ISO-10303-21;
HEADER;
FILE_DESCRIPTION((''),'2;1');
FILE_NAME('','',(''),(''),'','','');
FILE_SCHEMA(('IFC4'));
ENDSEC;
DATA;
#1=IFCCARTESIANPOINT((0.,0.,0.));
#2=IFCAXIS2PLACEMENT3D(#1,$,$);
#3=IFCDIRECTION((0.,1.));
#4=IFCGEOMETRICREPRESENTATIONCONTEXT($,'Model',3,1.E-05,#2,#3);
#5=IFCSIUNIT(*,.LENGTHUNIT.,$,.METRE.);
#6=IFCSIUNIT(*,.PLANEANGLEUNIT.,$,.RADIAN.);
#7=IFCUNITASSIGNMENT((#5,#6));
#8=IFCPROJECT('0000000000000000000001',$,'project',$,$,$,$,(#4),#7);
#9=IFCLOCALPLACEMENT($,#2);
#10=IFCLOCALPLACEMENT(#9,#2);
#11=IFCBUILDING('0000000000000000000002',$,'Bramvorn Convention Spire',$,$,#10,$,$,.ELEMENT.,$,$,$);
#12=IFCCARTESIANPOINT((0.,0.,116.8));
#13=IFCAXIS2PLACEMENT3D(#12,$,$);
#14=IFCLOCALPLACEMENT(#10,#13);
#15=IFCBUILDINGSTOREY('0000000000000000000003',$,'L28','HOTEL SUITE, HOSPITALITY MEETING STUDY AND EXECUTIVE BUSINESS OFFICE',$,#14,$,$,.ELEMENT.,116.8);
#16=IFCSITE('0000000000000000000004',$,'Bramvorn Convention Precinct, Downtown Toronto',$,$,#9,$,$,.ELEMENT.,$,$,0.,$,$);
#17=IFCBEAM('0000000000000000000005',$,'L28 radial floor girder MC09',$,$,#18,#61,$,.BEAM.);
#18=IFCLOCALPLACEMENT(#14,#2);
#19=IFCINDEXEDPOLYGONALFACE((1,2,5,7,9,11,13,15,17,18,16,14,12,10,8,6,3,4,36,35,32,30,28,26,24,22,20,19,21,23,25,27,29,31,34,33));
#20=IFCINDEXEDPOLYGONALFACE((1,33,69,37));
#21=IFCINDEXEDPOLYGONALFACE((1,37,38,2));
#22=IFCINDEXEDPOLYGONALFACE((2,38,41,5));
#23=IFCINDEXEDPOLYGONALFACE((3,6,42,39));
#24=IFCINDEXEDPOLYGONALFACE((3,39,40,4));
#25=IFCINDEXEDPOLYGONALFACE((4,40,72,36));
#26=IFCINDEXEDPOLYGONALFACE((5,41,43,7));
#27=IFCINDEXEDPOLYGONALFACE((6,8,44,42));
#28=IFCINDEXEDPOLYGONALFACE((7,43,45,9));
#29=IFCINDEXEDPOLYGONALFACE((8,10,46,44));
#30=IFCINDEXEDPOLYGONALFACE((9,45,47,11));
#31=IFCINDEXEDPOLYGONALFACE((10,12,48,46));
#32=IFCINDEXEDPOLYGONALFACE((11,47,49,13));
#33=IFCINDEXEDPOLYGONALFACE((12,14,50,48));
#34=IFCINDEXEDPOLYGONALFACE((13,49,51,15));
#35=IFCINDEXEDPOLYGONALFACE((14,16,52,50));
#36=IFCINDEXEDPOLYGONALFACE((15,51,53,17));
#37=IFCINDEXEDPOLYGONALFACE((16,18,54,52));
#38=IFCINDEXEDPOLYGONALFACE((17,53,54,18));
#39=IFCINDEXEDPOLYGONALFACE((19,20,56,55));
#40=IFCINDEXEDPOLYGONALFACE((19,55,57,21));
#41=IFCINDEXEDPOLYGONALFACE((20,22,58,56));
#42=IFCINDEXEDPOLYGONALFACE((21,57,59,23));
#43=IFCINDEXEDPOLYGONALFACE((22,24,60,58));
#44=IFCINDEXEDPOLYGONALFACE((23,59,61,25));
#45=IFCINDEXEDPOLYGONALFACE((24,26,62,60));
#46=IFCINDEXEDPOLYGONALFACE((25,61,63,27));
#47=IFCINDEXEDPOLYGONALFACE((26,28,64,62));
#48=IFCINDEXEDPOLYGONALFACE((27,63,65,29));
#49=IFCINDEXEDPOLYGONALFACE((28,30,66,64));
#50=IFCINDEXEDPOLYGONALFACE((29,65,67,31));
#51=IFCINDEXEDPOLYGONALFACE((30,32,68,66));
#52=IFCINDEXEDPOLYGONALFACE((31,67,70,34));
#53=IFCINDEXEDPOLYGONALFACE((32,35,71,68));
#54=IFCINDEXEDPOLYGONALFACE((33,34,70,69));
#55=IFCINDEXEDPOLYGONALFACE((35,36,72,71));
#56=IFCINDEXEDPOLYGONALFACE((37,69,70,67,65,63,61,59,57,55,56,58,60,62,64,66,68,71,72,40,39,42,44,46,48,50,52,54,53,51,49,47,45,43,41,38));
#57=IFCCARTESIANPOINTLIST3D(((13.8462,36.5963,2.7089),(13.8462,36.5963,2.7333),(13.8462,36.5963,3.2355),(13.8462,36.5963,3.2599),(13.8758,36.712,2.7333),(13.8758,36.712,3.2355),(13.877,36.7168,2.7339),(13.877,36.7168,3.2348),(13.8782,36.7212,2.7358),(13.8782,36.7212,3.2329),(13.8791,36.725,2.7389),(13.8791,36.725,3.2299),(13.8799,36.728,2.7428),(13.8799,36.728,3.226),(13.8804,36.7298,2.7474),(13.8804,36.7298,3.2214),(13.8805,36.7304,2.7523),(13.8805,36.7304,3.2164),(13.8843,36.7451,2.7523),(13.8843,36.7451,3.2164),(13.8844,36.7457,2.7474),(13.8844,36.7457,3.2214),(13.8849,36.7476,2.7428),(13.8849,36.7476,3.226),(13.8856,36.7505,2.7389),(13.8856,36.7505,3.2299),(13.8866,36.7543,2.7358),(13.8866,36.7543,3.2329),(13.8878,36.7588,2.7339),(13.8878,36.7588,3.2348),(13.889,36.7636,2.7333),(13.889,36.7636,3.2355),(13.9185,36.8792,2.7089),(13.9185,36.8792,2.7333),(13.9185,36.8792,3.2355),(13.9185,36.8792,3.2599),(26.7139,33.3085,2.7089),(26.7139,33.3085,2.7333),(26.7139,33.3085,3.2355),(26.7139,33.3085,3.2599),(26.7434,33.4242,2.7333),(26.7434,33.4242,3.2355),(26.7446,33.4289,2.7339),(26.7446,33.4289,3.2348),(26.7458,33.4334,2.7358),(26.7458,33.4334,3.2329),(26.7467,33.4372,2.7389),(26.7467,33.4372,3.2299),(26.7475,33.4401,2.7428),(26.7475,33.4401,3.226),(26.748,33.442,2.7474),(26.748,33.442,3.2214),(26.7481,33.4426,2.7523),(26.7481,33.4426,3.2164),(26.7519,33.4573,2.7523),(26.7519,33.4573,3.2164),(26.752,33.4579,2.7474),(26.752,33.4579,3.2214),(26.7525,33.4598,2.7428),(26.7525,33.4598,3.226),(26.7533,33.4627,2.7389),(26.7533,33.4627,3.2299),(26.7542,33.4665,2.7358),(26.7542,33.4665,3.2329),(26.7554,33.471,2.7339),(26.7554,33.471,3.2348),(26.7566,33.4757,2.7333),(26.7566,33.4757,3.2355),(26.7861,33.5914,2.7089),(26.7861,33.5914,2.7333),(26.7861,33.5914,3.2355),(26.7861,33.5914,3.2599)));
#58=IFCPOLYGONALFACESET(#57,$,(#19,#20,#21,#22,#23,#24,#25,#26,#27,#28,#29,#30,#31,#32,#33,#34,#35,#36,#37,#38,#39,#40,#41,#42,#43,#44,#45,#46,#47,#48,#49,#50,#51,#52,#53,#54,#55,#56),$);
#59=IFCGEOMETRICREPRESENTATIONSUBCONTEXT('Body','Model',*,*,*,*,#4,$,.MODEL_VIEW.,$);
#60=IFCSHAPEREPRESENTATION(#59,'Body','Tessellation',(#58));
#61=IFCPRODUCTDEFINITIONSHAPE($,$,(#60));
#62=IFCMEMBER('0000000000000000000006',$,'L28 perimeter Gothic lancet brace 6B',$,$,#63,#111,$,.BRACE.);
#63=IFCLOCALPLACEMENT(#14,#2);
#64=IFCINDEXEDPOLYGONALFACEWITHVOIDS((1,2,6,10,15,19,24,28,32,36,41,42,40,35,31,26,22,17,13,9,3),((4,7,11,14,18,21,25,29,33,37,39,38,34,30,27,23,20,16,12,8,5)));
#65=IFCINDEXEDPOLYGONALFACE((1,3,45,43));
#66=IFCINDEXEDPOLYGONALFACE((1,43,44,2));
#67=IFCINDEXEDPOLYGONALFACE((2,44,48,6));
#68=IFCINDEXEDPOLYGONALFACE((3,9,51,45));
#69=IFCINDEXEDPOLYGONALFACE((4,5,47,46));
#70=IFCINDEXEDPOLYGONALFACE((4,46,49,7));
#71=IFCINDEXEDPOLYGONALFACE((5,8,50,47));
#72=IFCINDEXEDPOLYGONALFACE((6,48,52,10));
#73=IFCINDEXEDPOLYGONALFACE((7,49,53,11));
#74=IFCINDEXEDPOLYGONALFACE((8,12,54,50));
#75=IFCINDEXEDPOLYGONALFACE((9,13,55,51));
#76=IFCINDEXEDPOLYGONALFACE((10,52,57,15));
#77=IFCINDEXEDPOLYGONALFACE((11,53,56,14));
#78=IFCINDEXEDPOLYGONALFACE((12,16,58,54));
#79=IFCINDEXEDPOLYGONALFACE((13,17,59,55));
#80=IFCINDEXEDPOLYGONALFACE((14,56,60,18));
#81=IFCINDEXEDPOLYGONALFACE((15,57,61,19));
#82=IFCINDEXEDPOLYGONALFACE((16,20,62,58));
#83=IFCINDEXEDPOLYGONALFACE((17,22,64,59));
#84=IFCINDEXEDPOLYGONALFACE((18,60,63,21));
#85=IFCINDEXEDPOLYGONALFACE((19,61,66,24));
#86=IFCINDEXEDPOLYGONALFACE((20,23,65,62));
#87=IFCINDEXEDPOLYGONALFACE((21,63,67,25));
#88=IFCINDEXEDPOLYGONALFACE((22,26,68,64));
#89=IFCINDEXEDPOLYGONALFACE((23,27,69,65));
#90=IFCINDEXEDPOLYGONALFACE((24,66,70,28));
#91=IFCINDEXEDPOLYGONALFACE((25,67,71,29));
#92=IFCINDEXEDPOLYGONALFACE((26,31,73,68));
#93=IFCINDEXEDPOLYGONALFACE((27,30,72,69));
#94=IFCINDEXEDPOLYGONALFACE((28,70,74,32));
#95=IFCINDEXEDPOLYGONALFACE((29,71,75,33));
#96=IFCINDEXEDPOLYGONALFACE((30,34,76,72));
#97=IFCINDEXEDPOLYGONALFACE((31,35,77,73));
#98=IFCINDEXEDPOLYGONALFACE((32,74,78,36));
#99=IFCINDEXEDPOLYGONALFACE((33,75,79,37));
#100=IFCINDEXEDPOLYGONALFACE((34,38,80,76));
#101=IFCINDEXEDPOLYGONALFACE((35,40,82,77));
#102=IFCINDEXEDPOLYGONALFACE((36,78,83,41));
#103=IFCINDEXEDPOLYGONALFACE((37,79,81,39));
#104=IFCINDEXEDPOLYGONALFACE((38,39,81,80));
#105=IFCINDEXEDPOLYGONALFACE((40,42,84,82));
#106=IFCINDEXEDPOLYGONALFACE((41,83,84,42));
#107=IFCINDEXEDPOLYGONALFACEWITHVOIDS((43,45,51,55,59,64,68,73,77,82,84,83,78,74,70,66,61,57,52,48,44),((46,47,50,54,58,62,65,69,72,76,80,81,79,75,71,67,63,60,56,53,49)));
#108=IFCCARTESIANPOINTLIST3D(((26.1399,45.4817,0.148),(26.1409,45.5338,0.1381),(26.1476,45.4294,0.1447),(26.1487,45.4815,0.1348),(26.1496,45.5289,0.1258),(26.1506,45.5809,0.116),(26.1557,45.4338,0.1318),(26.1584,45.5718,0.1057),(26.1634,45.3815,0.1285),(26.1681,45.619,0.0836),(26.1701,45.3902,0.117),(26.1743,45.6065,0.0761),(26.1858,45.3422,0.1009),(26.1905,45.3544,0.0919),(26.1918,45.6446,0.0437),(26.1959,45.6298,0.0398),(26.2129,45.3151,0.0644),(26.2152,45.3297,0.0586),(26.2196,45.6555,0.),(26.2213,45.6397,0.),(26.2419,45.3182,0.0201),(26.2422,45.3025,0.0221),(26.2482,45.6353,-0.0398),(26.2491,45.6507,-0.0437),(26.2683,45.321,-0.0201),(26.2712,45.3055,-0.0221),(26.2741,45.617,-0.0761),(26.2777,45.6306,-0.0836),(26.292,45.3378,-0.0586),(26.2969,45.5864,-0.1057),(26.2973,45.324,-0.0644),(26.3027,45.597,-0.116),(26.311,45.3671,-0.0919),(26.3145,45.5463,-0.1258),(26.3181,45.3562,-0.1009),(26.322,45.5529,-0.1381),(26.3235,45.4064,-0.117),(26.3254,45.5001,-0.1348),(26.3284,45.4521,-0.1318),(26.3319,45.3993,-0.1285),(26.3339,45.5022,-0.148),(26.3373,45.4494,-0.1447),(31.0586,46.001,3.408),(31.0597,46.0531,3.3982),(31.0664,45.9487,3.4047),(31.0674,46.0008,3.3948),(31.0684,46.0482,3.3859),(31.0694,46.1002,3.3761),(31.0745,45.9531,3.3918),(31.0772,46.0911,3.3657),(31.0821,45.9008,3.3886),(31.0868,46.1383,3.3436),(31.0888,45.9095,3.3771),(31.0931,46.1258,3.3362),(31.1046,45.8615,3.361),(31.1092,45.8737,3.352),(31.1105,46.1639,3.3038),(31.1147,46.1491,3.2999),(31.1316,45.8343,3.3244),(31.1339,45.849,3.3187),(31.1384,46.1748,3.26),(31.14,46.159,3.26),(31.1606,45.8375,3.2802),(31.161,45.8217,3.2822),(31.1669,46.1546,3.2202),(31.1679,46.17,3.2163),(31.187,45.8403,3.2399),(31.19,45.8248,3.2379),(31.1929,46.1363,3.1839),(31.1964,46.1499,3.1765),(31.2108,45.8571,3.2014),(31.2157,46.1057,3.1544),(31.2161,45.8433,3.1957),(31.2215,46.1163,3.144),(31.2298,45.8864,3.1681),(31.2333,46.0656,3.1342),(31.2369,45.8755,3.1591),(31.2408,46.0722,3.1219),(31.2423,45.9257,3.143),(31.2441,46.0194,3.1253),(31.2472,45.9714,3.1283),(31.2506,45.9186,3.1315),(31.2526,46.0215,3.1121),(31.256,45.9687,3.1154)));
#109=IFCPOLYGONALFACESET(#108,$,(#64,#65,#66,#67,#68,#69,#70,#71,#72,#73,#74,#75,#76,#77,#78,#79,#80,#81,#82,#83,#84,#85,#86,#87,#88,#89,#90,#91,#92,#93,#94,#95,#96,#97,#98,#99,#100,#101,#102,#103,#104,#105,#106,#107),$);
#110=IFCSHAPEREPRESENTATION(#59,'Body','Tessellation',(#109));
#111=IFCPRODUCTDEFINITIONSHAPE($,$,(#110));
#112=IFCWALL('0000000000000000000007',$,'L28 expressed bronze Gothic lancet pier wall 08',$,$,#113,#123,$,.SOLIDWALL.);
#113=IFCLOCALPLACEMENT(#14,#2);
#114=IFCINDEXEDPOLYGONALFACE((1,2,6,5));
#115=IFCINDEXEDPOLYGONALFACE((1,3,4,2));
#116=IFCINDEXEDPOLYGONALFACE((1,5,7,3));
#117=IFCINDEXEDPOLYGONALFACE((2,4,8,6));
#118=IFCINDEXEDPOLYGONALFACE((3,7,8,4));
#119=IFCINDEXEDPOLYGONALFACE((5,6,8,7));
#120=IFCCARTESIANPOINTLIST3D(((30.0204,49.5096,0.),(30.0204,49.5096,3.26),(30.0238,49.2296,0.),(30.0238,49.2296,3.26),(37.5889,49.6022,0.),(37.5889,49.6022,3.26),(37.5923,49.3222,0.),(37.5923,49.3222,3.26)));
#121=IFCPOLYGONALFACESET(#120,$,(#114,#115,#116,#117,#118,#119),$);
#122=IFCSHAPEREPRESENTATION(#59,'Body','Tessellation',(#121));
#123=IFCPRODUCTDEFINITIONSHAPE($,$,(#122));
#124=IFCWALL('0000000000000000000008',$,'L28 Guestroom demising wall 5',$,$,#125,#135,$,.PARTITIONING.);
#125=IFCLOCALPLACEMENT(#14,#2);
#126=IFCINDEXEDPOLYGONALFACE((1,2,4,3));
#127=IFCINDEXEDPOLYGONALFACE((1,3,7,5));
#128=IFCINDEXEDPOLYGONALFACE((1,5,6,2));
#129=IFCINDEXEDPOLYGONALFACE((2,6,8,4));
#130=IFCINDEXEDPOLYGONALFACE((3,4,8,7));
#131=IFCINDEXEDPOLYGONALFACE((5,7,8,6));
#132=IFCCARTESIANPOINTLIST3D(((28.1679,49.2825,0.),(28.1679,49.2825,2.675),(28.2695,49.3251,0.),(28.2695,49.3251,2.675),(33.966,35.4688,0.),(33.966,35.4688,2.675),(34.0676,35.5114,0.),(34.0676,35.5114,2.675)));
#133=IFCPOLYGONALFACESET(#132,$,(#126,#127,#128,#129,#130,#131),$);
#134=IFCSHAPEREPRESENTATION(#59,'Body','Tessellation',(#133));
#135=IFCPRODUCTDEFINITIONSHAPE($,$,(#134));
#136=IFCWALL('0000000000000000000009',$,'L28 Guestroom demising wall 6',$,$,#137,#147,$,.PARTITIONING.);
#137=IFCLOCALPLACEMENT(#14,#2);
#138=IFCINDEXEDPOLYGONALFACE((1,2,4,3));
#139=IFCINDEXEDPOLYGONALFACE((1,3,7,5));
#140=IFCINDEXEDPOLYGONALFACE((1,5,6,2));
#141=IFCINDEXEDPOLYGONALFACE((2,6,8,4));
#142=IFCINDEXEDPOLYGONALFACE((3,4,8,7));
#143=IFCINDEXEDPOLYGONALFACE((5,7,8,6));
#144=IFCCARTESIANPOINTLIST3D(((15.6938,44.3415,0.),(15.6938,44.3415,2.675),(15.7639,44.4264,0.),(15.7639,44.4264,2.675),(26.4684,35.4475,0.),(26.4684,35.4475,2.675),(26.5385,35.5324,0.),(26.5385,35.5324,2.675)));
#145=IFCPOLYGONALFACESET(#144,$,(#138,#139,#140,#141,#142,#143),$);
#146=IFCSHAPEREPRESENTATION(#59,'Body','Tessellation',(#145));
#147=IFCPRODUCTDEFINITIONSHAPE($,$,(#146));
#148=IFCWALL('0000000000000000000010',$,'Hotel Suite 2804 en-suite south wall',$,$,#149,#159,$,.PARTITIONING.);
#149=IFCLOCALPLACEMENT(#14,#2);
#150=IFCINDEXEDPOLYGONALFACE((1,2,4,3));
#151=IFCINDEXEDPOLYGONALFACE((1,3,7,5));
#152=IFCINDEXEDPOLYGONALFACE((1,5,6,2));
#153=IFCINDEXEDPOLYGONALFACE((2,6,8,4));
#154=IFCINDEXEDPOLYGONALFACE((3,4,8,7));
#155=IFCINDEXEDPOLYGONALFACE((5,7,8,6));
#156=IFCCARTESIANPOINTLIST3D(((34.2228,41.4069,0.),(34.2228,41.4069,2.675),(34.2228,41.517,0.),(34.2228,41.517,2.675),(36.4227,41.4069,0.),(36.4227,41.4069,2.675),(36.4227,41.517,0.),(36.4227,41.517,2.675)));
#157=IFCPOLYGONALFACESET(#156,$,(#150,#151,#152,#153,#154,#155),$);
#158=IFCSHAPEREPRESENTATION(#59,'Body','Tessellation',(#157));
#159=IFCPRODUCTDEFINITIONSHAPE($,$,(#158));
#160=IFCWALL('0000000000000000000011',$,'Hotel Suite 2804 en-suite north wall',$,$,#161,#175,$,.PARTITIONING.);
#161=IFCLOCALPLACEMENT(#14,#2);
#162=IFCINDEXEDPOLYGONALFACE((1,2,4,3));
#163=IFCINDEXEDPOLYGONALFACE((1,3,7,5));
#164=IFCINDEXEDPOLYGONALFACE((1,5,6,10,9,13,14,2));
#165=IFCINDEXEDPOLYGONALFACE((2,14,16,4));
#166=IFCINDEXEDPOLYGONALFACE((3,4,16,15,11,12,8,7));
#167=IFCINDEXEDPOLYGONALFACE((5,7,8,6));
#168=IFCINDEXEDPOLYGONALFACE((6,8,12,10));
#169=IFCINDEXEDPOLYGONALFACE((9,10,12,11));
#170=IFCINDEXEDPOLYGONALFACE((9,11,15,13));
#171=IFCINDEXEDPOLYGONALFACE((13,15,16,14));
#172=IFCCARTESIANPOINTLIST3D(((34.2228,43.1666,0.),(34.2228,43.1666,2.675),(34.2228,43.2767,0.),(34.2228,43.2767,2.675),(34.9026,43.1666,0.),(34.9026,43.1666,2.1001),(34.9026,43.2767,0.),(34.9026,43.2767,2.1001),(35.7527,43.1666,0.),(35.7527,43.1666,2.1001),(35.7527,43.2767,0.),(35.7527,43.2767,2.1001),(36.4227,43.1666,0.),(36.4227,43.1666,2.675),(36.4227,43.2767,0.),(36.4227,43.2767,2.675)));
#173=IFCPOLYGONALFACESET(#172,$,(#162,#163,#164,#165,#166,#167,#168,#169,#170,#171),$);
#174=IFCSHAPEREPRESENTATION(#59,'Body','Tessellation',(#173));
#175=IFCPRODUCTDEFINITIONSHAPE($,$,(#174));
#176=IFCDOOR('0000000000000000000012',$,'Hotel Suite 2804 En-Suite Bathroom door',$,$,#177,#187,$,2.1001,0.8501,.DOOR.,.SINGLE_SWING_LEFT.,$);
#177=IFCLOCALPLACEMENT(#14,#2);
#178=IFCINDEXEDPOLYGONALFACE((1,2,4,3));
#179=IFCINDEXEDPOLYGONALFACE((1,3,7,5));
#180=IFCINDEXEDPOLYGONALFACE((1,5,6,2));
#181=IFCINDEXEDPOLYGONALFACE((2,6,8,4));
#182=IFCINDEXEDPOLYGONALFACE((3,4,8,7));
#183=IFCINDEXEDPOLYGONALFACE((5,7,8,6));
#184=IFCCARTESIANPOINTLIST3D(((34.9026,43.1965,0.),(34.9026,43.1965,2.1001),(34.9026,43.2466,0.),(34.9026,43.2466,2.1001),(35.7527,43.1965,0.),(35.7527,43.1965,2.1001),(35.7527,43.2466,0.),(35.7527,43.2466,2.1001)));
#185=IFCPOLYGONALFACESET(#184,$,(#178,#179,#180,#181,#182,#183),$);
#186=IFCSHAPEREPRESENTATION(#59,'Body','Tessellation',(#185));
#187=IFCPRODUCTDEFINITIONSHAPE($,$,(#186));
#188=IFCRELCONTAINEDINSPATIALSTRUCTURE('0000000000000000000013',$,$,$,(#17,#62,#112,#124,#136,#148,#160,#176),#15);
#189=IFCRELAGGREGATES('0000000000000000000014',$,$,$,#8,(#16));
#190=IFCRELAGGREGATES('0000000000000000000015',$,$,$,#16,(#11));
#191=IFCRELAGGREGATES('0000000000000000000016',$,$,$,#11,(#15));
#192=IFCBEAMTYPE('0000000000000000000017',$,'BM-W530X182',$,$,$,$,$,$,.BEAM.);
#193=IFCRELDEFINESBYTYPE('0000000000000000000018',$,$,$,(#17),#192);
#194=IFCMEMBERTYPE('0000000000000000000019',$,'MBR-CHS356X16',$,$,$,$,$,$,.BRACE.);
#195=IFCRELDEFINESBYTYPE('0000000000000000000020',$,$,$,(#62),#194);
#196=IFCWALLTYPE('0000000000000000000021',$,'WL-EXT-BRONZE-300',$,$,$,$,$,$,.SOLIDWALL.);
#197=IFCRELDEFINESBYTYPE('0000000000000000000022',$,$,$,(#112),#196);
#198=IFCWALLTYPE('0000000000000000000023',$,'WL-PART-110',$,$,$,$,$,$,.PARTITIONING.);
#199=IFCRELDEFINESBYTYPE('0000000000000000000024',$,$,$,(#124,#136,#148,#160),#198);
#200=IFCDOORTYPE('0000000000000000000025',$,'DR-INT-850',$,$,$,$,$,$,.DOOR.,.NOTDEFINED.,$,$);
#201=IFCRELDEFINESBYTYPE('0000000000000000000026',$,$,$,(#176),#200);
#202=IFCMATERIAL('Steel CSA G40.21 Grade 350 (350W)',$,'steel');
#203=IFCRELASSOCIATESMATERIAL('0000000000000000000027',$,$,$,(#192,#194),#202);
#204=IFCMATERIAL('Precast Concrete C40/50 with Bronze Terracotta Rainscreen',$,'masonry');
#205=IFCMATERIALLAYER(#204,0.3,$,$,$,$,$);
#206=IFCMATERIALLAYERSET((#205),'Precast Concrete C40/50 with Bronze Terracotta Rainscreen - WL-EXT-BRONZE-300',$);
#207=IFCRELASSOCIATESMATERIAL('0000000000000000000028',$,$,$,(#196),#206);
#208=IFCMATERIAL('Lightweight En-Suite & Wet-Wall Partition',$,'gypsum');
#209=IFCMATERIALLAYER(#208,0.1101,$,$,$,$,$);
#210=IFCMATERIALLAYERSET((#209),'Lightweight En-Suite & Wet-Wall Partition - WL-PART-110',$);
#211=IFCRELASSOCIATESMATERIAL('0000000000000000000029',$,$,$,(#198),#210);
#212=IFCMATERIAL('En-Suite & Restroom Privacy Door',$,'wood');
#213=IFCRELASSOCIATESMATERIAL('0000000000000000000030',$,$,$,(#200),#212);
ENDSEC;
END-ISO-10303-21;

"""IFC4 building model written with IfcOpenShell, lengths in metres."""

from ifc_helpers import new_model, si_unit, direction, frame, frame_2d, origin, origin_2d, place, context, subcontext, project, spatial, rectangle, hollow_circle, i_section, extrude, material, layer, layer_set, material_profile, profile_set, type_object, element, fill, save


model = new_model("IFC4")

# Units and contexts
model_context = context("Model", 3, precision=1e-05, world=origin(), true_north=direction((0.0, 1.0)))
body_context = subcontext(model_context, "Body", "Model", "MODEL_VIEW")
ifc_project = project(units=[si_unit("LENGTHUNIT", "METRE"), si_unit("PLANEANGLEUNIT", "RADIAN")], contexts=[model_context])

# Site, building, storey
site_placement = place(None, origin())
site = spatial("IfcSite", under=ifc_project, at=site_placement, Name="Bramvorn Convention Precinct, Downtown Toronto", CompositionType="ELEMENT", RefElevation=0.0)
building_placement = place(site_placement, origin())
building = spatial("IfcBuilding", under=site, at=building_placement, Name="Bramvorn Convention Spire", CompositionType="ELEMENT")
storey_placement = place(building_placement, frame((0.0, 0.0, 116.8)))
storey = spatial("IfcBuildingStorey", under=building, at=storey_placement, Name="L28", Description="HOTEL SUITE, HOSPITALITY MEETING STUDY AND EXECUTIVE BUSINESS OFFICE", CompositionType="ELEMENT", Elevation=116.8)

# Shared definitions
ifc_material_1 = material(Name="Steel CSA G40.21 Grade 350 (350W)", Category="steel")

# Beam
ifc_material_profile_1 = material_profile(ifc_material_1, i_section(OverallWidth=0.292, OverallDepth=0.551, WebThickness=0.0151, FlangeThickness=0.0244, FilletRadius=0.019, at=origin_2d()))
ifc_profile_set_1 = profile_set([ifc_material_profile_1], Name="Steel CSA G40.21 Grade 350 (350W) - W530X182")
beam_type_1 = type_object("IfcBeamType", Name="BM-W530X182", PredefinedType="BEAM", material=ifc_profile_set_1)
beam_1_placement = place(storey_placement, frame((26.75, 33.45, 2.9844), z_axis=(-0.968873, 0.247558, 0.0), x_axis=(-0.247558, -0.968873, 0.0)))
element("IfcBeam", 1, at=beam_1_placement, inside=storey, type_object=beam_type_1, Name="L28 radial floor girder MC09", PredefinedType="BEAM", context=body_context, shape_type="SweptSolid", body=[
    extrude(i_section(OverallWidth=0.292, OverallDepth=0.551, WebThickness=0.0151, FlangeThickness=0.0244, FilletRadius=0.019, at=origin_2d()), origin(), (0.0, 0.0, 1.0), 13.281),
])

# Member
ifc_material_profile_2 = material_profile(ifc_material_1, hollow_circle(Radius=0.1777, WallThickness=0.0159, at=origin_2d()))
ifc_profile_set_2 = profile_set([ifc_material_profile_2], Name="Steel CSA G40.21 Grade 350 (350W) - CHS356X16")
member_type = type_object("IfcMemberType", Name="MBR-CHS356X16", PredefinedType="BRACE", material=ifc_profile_set_2)
member_placement = place(storey_placement, frame((26.2383, 45.4788, 0.0), z_axis=(0.830334, 0.087662, 0.550328), x_axis=(-0.104991, 0.994473, 0.0)))
element("IfcMember", 2, at=member_placement, inside=storey, type_object=member_type, Name="L28 perimeter Gothic lancet brace 6B", PredefinedType="BRACE", context=body_context, shape_type="SweptSolid", body=[
    extrude(hollow_circle(Radius=0.1777, WallThickness=0.0159, at=origin_2d()), origin(), (0.0, 0.0, 1.0), 5.9238),
])

# Walls
ifc_material_2 = material(Name="Precast Concrete C40/50 with Bronze Terracotta Rainscreen", Category="masonry")
ifc_layer_1 = layer(ifc_material_2, 0.3)
ifc_layer_set_1 = layer_set([ifc_layer_1], Name="Precast Concrete C40/50 with Bronze Terracotta Rainscreen - WL-EXT-BRONZE-300")
wall_type_1 = type_object("IfcWallType", Name="WL-EXT-BRONZE-300", PredefinedType="SOLIDWALL", material=ifc_layer_set_1)
wall_1_placement = place(storey_placement, frame((30.022, 49.3696, 0.0), z_axis=(0.0, 0.0, 1.0), x_axis=(0.999925, 0.012224, 0.0)))
element("IfcWall", 3, at=wall_1_placement, inside=storey, type_object=wall_type_1, Name="L28 expressed bronze Gothic lancet pier wall 08", PredefinedType="SOLIDWALL", context=body_context, shape_type="SweptSolid", body=[
    extrude(rectangle(XDim=7.5691, YDim=0.28, at=frame_2d((3.7847, 0.0))), origin(), (0.0, 0.0, 1.0), 3.26),
])
ifc_material_3 = material(Name="Lightweight En-Suite & Wet-Wall Partition", Category="gypsum")
ifc_layer_2 = layer(ifc_material_3, 0.1101)
ifc_layer_set_2 = layer_set([ifc_layer_2], Name="Lightweight En-Suite & Wet-Wall Partition - WL-PART-110")
wall_type_2 = type_object("IfcWallType", Name="WL-PART-110", PredefinedType="PARTITIONING", material=ifc_layer_set_2)
wall_2_placement = place(storey_placement, frame((34.0168, 35.49, 0.0), z_axis=(0.0, 0.0, 1.0), x_axis=(-0.387024, 0.922069, 0.0)))
element("IfcWall", 4, at=wall_2_placement, inside=storey, type_object=wall_type_2, Name="L28 Guestroom demising wall 5", PredefinedType="PARTITIONING", context=body_context, shape_type="SweptSolid", body=[
    extrude(rectangle(XDim=14.9812, YDim=0.1101, at=frame_2d((7.4907, 0.0))), origin(), (0.0, 0.0, 1.0), 2.675),
])
wall_3_placement = place(storey_placement, frame((26.5034, 35.49, 0.0), z_axis=(0.0, 0.0, 1.0), x_axis=(-0.771199, 0.636594, 0.0)))
element("IfcWall", 5, at=wall_3_placement, inside=storey, type_object=wall_type_2, Name="L28 Guestroom demising wall 6", PredefinedType="PARTITIONING", context=body_context, shape_type="SweptSolid", body=[
    extrude(rectangle(XDim=13.9712, YDim=0.1101, at=frame_2d((6.9856, 0.0))), origin(), (0.0, 0.0, 1.0), 2.675),
])
wall_4_placement = place(storey_placement, frame((34.2227, 41.4619, 0.0), z_axis=(0.0, 0.0, 1.0), x_axis=(1.0, 0.0, 0.0)))
element("IfcWall", 6, at=wall_4_placement, inside=storey, type_object=wall_type_2, Name="Hotel Suite 2804 en-suite south wall", PredefinedType="PARTITIONING", context=body_context, shape_type="SweptSolid", body=[
    extrude(rectangle(XDim=2.2, YDim=0.1101, at=frame_2d((1.1001, 0.0))), origin(), (0.0, 0.0, 1.0), 2.675),
])

# Wall, opening, door
wall_5_placement = place(storey_placement, frame((34.2227, 43.2217, 0.0), z_axis=(0.0, 0.0, 1.0), x_axis=(1.0, 0.0, 0.0)))
wall_5 = element("IfcWall", 7, at=wall_5_placement, inside=storey, type_object=wall_type_2, Name="Hotel Suite 2804 en-suite north wall", PredefinedType="PARTITIONING", context=body_context, shape_type="SweptSolid", body=[
    extrude(rectangle(XDim=2.2, YDim=0.1101, at=frame_2d((1.1001, 0.0))), origin(), (0.0, 0.0, 1.0), 2.675),
])
opening_1_placement = place(wall_5_placement, frame((0.6799, 0.0, 0.0)))
opening_1 = element("IfcOpeningElement", 8, at=opening_1_placement, cuts=wall_5, PredefinedType="OPENING", context=body_context, shape_type="SweptSolid", body=[
    extrude(rectangle(XDim=0.8501, YDim=2.1001, at=frame_2d((0.425, 1.05))), frame((0.0, 0.0649, 0.0), z_axis=(0.0, -1.0, 0.0), x_axis=(1.0, 0.0, 0.0)), (0.0, 0.0, 1.0), 0.1301),
])
ifc_material_4 = material(Name="En-Suite & Restroom Privacy Door", Category="wood")
door_type_1 = type_object("IfcDoorType", Name="DR-INT-850", OperationType="NOTDEFINED", PredefinedType="DOOR", material=ifc_material_4)
door_1_placement = place(opening_1_placement, origin())
door_1 = element("IfcDoor", 9, at=door_1_placement, inside=storey, type_object=door_type_1, Name="Hotel Suite 2804 En-Suite Bathroom door", OperationType="SINGLE_SWING_LEFT", OverallHeight=2.1001, OverallWidth=0.8501, PredefinedType="DOOR", context=body_context, shape_type="SweptSolid", body=[
    extrude(rectangle(XDim=0.8501, YDim=2.1001, at=frame_2d((0.425, 1.05))), frame((0.0, 0.0249, 0.0), z_axis=(0.0, -1.0, 0.0), x_axis=(1.0, 0.0, 0.0)), (0.0, 0.0, 1.0), 0.05),
])
fill(opening_1, door_1)

save(model, "model.ifc")
